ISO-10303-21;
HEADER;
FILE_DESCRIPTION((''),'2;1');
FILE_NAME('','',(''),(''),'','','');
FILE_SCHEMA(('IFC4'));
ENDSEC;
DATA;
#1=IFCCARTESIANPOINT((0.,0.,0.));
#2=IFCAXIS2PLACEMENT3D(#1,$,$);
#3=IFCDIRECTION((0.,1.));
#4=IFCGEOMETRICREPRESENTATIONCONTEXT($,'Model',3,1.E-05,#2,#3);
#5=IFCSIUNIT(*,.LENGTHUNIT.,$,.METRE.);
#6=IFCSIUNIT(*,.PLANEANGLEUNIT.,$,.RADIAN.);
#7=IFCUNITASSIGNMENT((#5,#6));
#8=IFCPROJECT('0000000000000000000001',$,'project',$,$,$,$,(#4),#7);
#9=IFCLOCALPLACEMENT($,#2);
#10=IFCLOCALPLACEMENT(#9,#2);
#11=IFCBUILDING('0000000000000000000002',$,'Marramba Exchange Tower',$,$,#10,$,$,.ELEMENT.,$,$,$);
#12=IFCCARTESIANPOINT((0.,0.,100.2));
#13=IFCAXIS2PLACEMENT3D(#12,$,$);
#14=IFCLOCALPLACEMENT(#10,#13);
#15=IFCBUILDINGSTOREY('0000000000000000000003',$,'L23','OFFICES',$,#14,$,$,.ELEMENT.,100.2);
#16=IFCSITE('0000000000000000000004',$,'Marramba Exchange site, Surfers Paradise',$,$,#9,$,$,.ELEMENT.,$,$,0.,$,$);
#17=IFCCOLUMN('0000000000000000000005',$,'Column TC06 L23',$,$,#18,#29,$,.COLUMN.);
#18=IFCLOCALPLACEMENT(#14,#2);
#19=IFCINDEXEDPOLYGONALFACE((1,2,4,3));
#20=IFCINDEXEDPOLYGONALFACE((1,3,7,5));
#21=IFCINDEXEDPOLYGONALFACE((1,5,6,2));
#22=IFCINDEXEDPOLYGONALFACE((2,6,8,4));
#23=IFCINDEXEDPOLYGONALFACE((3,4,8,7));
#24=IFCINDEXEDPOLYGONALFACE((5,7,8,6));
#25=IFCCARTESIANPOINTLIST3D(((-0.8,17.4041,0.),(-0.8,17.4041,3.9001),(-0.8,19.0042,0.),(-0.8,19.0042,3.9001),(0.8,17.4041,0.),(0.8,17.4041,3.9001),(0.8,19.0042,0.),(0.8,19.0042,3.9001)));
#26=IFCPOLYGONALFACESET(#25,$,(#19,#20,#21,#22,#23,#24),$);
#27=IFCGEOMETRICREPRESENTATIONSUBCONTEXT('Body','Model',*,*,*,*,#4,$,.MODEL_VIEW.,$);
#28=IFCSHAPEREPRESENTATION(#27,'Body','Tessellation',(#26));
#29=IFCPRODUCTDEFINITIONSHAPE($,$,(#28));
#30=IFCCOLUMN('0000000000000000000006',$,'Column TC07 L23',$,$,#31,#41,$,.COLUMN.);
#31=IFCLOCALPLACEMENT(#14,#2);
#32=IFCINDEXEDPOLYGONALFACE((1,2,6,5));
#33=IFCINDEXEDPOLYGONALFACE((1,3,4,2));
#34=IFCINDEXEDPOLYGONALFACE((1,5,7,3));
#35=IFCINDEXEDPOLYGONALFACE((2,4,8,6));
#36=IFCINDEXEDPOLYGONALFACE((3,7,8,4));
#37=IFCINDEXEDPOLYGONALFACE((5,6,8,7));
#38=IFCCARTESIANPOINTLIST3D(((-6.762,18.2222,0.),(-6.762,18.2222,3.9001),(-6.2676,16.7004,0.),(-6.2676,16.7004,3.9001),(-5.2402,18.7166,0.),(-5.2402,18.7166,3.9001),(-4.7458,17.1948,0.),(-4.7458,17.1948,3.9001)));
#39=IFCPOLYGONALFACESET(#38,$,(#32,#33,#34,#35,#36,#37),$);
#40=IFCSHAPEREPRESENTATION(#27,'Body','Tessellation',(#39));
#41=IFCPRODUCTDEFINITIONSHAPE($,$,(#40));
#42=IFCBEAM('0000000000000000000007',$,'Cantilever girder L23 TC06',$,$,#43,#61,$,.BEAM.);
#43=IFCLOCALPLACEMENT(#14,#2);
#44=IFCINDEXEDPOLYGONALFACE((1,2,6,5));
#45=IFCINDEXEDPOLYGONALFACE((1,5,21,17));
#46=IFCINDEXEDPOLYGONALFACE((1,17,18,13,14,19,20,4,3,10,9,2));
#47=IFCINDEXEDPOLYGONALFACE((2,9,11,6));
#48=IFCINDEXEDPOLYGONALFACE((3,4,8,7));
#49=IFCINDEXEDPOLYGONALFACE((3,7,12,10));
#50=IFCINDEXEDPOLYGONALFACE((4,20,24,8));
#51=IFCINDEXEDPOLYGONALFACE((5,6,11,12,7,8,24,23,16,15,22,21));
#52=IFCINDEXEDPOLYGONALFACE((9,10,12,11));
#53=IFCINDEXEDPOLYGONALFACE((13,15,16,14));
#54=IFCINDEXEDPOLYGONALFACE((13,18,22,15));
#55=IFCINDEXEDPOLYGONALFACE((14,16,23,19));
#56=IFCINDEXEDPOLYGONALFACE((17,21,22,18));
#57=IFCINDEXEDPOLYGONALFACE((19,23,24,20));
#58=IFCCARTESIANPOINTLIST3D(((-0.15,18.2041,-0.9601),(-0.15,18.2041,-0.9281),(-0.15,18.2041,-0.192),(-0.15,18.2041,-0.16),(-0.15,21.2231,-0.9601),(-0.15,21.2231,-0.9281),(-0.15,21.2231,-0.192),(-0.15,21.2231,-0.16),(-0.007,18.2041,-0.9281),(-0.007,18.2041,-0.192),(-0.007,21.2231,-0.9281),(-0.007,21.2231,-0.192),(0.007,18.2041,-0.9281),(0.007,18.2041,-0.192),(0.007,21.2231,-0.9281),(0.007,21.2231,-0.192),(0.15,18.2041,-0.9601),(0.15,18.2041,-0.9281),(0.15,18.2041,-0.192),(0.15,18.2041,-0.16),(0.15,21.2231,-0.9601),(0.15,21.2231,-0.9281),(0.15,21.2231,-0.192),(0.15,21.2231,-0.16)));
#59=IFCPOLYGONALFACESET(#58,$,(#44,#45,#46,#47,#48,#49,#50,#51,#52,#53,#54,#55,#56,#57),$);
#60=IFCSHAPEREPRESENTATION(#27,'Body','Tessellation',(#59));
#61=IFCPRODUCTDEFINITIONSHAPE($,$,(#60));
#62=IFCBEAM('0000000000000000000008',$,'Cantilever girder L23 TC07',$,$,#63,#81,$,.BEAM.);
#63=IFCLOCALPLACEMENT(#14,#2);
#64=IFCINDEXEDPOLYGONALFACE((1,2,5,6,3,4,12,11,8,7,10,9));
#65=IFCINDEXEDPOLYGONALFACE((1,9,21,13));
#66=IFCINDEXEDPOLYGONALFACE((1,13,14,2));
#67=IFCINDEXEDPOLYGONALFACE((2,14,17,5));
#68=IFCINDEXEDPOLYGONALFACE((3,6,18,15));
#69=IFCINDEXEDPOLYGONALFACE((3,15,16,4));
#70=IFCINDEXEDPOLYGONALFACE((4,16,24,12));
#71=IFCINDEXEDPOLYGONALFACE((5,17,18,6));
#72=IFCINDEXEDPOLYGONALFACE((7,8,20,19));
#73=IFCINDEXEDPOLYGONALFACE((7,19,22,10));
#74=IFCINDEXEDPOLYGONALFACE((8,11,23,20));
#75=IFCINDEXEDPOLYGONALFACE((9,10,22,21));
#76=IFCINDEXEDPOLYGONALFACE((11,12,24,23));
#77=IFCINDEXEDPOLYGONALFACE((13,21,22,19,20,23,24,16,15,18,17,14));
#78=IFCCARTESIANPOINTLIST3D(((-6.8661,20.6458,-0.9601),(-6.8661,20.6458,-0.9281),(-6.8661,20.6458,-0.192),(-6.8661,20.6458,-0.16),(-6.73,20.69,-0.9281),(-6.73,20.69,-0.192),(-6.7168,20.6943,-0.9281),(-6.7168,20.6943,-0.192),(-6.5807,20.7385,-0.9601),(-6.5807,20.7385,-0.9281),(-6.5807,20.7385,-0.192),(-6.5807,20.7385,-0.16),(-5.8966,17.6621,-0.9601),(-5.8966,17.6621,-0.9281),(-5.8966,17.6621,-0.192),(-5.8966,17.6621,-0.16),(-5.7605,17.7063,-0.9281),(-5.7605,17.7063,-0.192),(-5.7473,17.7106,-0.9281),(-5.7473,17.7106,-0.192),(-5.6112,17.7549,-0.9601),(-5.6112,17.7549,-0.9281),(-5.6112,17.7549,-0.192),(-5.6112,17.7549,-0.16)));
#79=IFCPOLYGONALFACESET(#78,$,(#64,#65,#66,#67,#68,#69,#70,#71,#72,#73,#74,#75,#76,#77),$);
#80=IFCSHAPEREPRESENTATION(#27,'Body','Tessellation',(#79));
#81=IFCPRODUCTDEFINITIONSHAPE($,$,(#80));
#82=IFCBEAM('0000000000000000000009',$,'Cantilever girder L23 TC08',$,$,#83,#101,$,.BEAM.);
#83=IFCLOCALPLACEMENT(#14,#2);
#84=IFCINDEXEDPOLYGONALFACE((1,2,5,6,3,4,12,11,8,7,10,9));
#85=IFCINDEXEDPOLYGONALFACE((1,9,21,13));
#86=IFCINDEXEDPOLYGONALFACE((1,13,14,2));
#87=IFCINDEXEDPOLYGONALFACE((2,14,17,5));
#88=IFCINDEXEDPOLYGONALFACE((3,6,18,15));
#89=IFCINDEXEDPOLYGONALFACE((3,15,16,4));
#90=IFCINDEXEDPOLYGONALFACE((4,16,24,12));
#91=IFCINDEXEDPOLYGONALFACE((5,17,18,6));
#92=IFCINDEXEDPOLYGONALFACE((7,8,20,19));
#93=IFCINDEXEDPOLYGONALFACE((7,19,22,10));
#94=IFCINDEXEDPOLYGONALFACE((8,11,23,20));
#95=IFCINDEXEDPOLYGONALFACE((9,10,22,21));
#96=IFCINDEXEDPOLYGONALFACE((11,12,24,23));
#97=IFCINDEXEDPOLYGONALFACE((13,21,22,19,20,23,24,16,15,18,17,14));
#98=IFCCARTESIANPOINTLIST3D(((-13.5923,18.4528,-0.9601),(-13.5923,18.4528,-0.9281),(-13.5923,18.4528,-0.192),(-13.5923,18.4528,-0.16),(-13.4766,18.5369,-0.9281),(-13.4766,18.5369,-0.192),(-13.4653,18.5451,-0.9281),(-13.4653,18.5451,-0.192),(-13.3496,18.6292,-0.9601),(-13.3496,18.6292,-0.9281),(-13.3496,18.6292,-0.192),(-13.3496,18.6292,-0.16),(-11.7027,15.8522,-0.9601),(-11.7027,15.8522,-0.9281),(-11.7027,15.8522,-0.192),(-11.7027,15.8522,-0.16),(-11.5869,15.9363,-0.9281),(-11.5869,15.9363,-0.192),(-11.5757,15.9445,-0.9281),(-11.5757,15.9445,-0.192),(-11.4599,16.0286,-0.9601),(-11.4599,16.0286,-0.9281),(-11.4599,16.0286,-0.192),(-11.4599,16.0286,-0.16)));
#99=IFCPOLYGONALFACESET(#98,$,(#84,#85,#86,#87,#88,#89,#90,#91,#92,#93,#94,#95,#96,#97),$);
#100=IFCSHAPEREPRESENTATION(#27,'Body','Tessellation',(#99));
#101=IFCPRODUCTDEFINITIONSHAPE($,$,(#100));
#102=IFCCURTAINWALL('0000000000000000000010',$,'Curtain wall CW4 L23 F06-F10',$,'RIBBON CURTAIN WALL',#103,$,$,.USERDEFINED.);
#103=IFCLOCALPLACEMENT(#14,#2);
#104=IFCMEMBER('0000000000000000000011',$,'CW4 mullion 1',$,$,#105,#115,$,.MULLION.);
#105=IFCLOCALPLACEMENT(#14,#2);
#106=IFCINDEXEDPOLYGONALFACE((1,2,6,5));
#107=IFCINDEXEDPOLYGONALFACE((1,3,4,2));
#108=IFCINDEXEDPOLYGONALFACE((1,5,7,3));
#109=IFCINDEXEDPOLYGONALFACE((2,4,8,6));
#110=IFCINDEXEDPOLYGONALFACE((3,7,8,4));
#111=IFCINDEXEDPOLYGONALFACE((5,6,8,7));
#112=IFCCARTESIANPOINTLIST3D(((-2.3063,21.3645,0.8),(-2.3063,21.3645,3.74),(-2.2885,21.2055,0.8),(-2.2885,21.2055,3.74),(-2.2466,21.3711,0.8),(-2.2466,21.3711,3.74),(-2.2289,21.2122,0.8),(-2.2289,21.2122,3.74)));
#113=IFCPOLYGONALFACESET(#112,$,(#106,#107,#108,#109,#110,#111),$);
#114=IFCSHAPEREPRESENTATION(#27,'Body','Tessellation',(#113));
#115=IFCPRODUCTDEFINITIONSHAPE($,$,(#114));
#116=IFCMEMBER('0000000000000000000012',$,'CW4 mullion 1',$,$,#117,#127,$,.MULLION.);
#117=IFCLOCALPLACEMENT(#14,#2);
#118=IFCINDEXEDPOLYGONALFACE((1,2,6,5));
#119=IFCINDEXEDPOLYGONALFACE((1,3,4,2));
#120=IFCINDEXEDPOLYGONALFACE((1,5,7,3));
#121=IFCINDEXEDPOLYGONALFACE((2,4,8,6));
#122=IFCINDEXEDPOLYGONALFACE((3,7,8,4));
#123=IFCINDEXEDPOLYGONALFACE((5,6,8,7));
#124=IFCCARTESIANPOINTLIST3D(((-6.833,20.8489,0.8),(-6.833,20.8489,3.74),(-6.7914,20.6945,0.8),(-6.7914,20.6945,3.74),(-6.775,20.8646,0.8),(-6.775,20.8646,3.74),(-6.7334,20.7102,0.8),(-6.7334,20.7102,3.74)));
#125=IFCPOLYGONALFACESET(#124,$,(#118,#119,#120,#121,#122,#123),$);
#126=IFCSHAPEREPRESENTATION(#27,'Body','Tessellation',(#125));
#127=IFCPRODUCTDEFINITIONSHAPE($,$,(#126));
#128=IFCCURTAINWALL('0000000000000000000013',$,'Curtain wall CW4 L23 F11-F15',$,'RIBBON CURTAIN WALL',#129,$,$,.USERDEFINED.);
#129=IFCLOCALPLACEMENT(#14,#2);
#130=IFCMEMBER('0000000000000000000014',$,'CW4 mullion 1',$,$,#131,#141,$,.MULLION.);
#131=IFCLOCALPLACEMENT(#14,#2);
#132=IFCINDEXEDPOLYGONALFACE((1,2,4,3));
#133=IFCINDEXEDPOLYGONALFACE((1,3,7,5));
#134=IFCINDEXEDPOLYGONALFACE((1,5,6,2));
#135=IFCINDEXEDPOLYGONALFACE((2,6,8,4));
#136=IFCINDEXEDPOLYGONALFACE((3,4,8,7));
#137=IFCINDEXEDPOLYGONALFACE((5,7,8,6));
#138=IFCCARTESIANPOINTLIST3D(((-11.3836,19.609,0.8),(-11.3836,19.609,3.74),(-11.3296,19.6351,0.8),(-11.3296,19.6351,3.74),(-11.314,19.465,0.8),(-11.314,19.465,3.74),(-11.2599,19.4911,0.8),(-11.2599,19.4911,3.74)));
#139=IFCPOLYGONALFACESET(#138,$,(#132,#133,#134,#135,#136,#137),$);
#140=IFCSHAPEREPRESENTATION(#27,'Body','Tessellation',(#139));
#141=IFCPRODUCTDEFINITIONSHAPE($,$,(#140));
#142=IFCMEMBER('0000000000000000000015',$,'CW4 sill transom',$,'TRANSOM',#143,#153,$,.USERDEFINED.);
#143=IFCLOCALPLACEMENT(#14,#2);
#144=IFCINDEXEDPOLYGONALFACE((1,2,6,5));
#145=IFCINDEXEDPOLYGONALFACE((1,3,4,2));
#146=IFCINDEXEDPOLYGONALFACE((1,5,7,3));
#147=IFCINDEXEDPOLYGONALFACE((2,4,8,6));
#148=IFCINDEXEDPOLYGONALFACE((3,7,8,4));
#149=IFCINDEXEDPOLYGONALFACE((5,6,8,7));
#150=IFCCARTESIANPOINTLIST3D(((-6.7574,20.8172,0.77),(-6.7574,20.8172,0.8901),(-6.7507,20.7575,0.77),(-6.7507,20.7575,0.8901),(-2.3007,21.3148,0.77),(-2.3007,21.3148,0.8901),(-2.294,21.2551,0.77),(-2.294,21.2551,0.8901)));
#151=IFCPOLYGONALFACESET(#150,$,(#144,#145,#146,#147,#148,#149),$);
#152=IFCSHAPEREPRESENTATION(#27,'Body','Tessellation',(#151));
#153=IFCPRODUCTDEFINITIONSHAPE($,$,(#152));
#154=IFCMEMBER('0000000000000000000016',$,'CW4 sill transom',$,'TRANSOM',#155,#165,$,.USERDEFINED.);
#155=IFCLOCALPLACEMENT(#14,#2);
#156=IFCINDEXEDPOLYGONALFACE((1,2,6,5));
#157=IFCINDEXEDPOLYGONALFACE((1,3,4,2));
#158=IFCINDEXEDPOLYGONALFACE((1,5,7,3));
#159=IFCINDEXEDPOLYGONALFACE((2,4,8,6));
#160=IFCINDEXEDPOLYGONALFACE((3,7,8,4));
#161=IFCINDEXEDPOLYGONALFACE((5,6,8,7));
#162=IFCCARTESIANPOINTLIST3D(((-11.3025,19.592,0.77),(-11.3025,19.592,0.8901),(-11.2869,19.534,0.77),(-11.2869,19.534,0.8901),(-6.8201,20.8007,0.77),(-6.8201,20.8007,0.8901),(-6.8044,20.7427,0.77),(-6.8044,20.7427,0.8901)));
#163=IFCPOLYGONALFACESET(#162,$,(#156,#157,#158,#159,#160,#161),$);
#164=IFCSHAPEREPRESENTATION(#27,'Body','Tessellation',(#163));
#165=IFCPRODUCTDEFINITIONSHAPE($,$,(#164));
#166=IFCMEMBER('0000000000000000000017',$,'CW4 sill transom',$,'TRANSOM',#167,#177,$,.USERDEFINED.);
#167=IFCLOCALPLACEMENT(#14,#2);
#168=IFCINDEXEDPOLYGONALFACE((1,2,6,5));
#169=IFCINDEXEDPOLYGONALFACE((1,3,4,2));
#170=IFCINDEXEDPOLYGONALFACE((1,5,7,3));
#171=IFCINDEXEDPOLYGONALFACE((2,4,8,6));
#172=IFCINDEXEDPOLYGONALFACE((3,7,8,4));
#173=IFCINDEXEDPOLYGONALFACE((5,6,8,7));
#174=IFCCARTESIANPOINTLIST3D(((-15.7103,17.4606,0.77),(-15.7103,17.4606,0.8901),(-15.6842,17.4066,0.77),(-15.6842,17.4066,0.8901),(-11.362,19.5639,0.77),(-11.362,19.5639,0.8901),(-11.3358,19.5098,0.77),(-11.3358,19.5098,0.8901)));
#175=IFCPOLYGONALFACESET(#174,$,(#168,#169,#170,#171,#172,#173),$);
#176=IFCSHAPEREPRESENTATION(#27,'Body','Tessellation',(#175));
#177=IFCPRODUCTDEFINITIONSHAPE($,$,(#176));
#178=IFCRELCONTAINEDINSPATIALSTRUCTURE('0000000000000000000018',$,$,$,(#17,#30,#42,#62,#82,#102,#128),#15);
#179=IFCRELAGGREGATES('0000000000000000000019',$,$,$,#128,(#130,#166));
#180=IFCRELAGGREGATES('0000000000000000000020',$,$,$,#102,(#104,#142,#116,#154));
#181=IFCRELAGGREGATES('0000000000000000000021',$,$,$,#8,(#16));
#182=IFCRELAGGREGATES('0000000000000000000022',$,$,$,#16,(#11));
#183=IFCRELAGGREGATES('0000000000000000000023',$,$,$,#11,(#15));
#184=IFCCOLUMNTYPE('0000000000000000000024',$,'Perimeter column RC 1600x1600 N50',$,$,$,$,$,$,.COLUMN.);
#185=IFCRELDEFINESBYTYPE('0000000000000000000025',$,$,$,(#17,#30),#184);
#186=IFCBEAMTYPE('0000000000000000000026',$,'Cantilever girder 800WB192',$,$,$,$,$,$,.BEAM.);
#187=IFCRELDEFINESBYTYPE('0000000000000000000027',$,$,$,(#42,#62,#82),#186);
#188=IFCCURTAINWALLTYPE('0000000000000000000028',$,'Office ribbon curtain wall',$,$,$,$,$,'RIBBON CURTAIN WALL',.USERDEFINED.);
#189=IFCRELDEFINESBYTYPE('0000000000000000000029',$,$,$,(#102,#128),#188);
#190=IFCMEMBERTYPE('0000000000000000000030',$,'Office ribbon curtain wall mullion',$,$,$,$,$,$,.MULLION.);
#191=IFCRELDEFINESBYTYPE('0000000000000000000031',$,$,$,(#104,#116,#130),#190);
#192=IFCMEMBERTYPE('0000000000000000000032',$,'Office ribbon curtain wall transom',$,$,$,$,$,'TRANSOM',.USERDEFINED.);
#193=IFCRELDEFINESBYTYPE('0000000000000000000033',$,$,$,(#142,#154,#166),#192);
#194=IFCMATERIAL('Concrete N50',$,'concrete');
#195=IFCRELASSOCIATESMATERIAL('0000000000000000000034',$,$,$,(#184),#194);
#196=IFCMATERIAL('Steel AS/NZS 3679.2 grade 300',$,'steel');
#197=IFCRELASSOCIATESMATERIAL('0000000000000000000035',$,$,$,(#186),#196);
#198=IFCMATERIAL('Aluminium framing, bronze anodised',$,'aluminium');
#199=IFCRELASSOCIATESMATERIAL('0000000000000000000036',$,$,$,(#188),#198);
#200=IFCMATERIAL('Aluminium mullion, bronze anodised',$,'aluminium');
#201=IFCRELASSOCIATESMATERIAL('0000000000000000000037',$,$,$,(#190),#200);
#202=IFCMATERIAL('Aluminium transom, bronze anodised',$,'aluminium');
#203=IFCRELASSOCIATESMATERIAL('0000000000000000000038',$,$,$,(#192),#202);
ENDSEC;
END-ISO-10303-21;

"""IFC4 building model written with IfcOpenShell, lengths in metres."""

from ifc_helpers import new_model, si_unit, direction, frame, origin, origin_2d, place, context, subcontext, project, spatial, rectangle, i_section, extrude, material, material_profile, profile_set, type_object, element, aggregate, save


model = new_model("IFC4")

# Units and contexts
model_context = context("Model", 3, precision=1e-05, world=origin(), true_north=direction((0.0, 1.0)))
body_context = subcontext(model_context, "Body", "Model", "MODEL_VIEW")
ifc_project = project(units=[si_unit("LENGTHUNIT", "METRE"), si_unit("PLANEANGLEUNIT", "RADIAN")], contexts=[model_context])

# Site, building, storey
site_placement = place(None, origin())
site = spatial("IfcSite", under=ifc_project, at=site_placement, Name="Marramba Exchange site, Surfers Paradise", CompositionType="ELEMENT", RefElevation=0.0)
building_placement = place(site_placement, origin())
building = spatial("IfcBuilding", under=site, at=building_placement, Name="Marramba Exchange Tower", CompositionType="ELEMENT")
storey_placement = place(building_placement, frame((0.0, 0.0, 100.2)))
storey = spatial("IfcBuildingStorey", under=building, at=storey_placement, Name="L23", Description="OFFICES", CompositionType="ELEMENT", Elevation=100.2)

# Columns
ifc_material_1 = material(Name="Concrete N50", Category="concrete")
ifc_material_profile_1 = material_profile(ifc_material_1, rectangle(XDim=1.6001, YDim=1.6001, at=origin_2d()), Name="RC 1600x1600")
ifc_profile_set_1 = profile_set([ifc_material_profile_1], Name="Concrete N50")
column_type = type_object("IfcColumnType", Name="Perimeter column RC 1600x1600 N50", PredefinedType="COLUMN", material=ifc_profile_set_1)
for number, where, z_axis, x_axis, name in (
    (1, (0.0, 18.2041, 0.0), (0.0, 0.0, 1.0), (0.0, 1.0, 0.0), "Column TC06 L23"),
    (2, (-5.7539, 17.7085, 0.0), (0.0, 0.0, 1.0), (-0.309017, 0.951057, 0.0), "Column TC07 L23"),
):
    element("IfcColumn", number, at=place(storey_placement, frame(where, z_axis=z_axis, x_axis=x_axis)), inside=storey, type_object=column_type, Name=name, PredefinedType="COLUMN", context=body_context, shape_type="SweptSolid", body=[
        extrude(rectangle(XDim=1.6001, YDim=1.6001, at=origin_2d()), origin(), (0.0, 0.0, 1.0), 3.9001),
    ])

# Beams
ifc_material_2 = material(Name="Steel AS/NZS 3679.2 grade 300", Category="steel")
ifc_material_profile_2 = material_profile(ifc_material_2, i_section(OverallWidth=0.3, OverallDepth=0.8, WebThickness=0.0139, FlangeThickness=0.032, at=origin_2d()), Name="800WB192")
ifc_profile_set_2 = profile_set([ifc_material_profile_2], Name="Steel AS/NZS 3679.2 grade 300")
beam_type_1 = type_object("IfcBeamType", Name="Cantilever girder 800WB192", PredefinedType="BEAM", material=ifc_profile_set_2)
beam_1_placement = place(storey_placement, frame((0.0, 18.2041, -0.5601), z_axis=(0.0, 1.0, 0.0), x_axis=(-1.0, 0.0, 0.0)))
element("IfcBeam", 3, at=beam_1_placement, inside=storey, type_object=beam_type_1, Name="Cantilever girder L23 TC06", PredefinedType="BEAM", context=body_context, shape_type="SweptSolid", body=[
    extrude(i_section(OverallWidth=0.3, OverallDepth=0.8, WebThickness=0.0139, FlangeThickness=0.032, at=origin_2d()), origin(), (0.0, 0.0, 1.0), 3.019),
])
beam_2_placement = place(storey_placement, frame((-5.7539, 17.7085, -0.5601), z_axis=(-0.309028, 0.951053, 0.0), x_axis=(-0.951053, -0.309028, 0.0)))
element("IfcBeam", 4, at=beam_2_placement, inside=storey, type_object=beam_type_1, Name="Cantilever girder L23 TC07", PredefinedType="BEAM", context=body_context, shape_type="SweptSolid", body=[
    extrude(i_section(OverallWidth=0.3, OverallDepth=0.8, WebThickness=0.0139, FlangeThickness=0.032, at=origin_2d()), origin(), (0.0, 0.0, 1.0), 3.1372),
])
beam_3_placement = place(storey_placement, frame((-11.5813, 15.9404, -0.5601), z_axis=(-0.587828, 0.808986, 0.0), x_axis=(-0.808986, -0.587828, 0.0)))
element("IfcBeam", 5, at=beam_3_placement, inside=storey, type_object=beam_type_1, Name="Cantilever girder L23 TC08", PredefinedType="BEAM", context=body_context, shape_type="SweptSolid", body=[
    extrude(i_section(OverallWidth=0.3, OverallDepth=0.8, WebThickness=0.0139, FlangeThickness=0.032, at=origin_2d()), origin(), (0.0, 0.0, 1.0), 3.2146),
])

# Curtain wall, members
ifc_material_3 = material(Name="Aluminium framing, bronze anodised", Category="aluminium")
curtain_wall_type = type_object("IfcCurtainWallType", Name="Office ribbon curtain wall", ElementType="RIBBON CURTAIN WALL", PredefinedType="USERDEFINED", material=ifc_material_3)
curtain_wall_1_placement = place(storey_placement, origin())
curtain_wall_1 = element("IfcCurtainWall", 6, at=curtain_wall_1_placement, inside=storey, type_object=curtain_wall_type, Name="Curtain wall CW4 L23 F06-F10", ObjectType="RIBBON CURTAIN WALL", PredefinedType="USERDEFINED")
ifc_material_4 = material(Name="Aluminium mullion, bronze anodised", Category="aluminium")
ifc_material_profile_3 = material_profile(ifc_material_4, rectangle(XDim=0.1599, YDim=0.0601, at=origin_2d()), Name="CW4 mullion 60x160")
ifc_profile_set_3 = profile_set([ifc_material_profile_3], Name="Aluminium mullion, bronze anodised")
member_type_1 = type_object("IfcMemberType", Name="Office ribbon curtain wall mullion", PredefinedType="MULLION", material=ifc_profile_set_3)
member_1_placement = place(storey_placement, frame((-2.2676, 21.2883, 0.8), z_axis=(0.0, 0.0, 1.0), x_axis=(0.110973, -0.993823, 0.0)))
member_1 = element("IfcMember", 7, at=member_1_placement, type_object=member_type_1, Name="CW4 mullion 1", PredefinedType="MULLION", context=body_context, shape_type="SweptSolid", body=[
    extrude(rectangle(XDim=0.1599, YDim=0.0601, at=origin_2d()), origin(), (0.0, 0.0, 1.0), 2.9399),
])
member_2_placement = place(storey_placement, frame((-6.7832, 20.7795, 0.8), z_axis=(0.0, 0.0, 1.0), x_axis=(0.260321, -0.965522, 0.0)))
member_2 = element("IfcMember", 8, at=member_2_placement, type_object=member_type_1, Name="CW4 mullion 1", PredefinedType="MULLION", context=body_context, shape_type="SweptSolid", body=[
    extrude(rectangle(XDim=0.1599, YDim=0.0601, at=origin_2d()), origin(), (0.0, 0.0, 1.0), 2.9399),
])

# Curtain wall, member
curtain_wall_2_placement = place(storey_placement, origin())
curtain_wall_2 = element("IfcCurtainWall", 9, at=curtain_wall_2_placement, inside=storey, type_object=curtain_wall_type, Name="Curtain wall CW4 L23 F11-F15", ObjectType="RIBBON CURTAIN WALL", PredefinedType="USERDEFINED")
member_3_placement = place(storey_placement, frame((-11.3218, 19.55, 0.8), z_axis=(0.0, 0.0, 1.0), x_axis=(0.435428, -0.900224, 0.0)))
member_3 = element("IfcMember", 10, at=member_3_placement, type_object=member_type_1, Name="CW4 mullion 1", PredefinedType="MULLION", context=body_context, shape_type="SweptSolid", body=[
    extrude(rectangle(XDim=0.1599, YDim=0.0601, at=origin_2d()), origin(), (0.0, 0.0, 1.0), 2.9399),
])

# Members
ifc_material_5 = material(Name="Aluminium transom, bronze anodised", Category="aluminium")
ifc_material_profile_4 = material_profile(ifc_material_5, rectangle(XDim=0.0601, YDim=0.1201, at=origin_2d()), Name="CW4 transom 60x120")
ifc_profile_set_4 = profile_set([ifc_material_profile_4], Name="Aluminium transom, bronze anodised")
member_type_2 = type_object("IfcMemberType", Name="Office ribbon curtain wall transom", ElementType="TRANSOM", PredefinedType="USERDEFINED", material=ifc_profile_set_4)
member_4_placement = place(storey_placement, frame((-2.2974, 21.2849, 0.8301), z_axis=(-0.993826, -0.110951, 0.0), x_axis=(0.110951, -0.993826, 0.0)))
member_4 = element("IfcMember", 11, at=member_4_placement, type_object=member_type_2, Name="CW4 sill transom", ObjectType="TRANSOM", PredefinedType="USERDEFINED", context=body_context, shape_type="SweptSolid", body=[
    extrude(rectangle(XDim=0.0601, YDim=0.1201, at=origin_2d()), origin(), (0.0, 0.0, 1.0), 4.4844),
])
member_5_placement = place(storey_placement, frame((-6.8123, 20.7717, 0.8301), z_axis=(-0.965511, -0.260362, 0.0), x_axis=(0.260362, -0.965511, 0.0)))
member_5 = element("IfcMember", 12, at=member_5_placement, type_object=member_type_2, Name="CW4 sill transom", ObjectType="TRANSOM", PredefinedType="USERDEFINED", context=body_context, shape_type="SweptSolid", body=[
    extrude(rectangle(XDim=0.0601, YDim=0.1201, at=origin_2d()), origin(), (0.0, 0.0, 1.0), 4.6426),
])
member_6_placement = place(storey_placement, frame((-11.3489, 19.5369, 0.8301), z_axis=(-0.900223, -0.435429, 0.0), x_axis=(0.435429, -0.900223, 0.0)))
member_6 = element("IfcMember", 13, at=member_6_placement, type_object=member_type_2, Name="CW4 sill transom", ObjectType="TRANSOM", PredefinedType="USERDEFINED", context=body_context, shape_type="SweptSolid", body=[
    extrude(rectangle(XDim=0.0601, YDim=0.1201, at=origin_2d()), origin(), (0.0, 0.0, 1.0), 4.8303),
])
aggregate(curtain_wall_2, [member_3, member_6])

aggregate(curtain_wall_1, [member_1, member_4, member_2, member_5])

save(model, "model.ifc")
